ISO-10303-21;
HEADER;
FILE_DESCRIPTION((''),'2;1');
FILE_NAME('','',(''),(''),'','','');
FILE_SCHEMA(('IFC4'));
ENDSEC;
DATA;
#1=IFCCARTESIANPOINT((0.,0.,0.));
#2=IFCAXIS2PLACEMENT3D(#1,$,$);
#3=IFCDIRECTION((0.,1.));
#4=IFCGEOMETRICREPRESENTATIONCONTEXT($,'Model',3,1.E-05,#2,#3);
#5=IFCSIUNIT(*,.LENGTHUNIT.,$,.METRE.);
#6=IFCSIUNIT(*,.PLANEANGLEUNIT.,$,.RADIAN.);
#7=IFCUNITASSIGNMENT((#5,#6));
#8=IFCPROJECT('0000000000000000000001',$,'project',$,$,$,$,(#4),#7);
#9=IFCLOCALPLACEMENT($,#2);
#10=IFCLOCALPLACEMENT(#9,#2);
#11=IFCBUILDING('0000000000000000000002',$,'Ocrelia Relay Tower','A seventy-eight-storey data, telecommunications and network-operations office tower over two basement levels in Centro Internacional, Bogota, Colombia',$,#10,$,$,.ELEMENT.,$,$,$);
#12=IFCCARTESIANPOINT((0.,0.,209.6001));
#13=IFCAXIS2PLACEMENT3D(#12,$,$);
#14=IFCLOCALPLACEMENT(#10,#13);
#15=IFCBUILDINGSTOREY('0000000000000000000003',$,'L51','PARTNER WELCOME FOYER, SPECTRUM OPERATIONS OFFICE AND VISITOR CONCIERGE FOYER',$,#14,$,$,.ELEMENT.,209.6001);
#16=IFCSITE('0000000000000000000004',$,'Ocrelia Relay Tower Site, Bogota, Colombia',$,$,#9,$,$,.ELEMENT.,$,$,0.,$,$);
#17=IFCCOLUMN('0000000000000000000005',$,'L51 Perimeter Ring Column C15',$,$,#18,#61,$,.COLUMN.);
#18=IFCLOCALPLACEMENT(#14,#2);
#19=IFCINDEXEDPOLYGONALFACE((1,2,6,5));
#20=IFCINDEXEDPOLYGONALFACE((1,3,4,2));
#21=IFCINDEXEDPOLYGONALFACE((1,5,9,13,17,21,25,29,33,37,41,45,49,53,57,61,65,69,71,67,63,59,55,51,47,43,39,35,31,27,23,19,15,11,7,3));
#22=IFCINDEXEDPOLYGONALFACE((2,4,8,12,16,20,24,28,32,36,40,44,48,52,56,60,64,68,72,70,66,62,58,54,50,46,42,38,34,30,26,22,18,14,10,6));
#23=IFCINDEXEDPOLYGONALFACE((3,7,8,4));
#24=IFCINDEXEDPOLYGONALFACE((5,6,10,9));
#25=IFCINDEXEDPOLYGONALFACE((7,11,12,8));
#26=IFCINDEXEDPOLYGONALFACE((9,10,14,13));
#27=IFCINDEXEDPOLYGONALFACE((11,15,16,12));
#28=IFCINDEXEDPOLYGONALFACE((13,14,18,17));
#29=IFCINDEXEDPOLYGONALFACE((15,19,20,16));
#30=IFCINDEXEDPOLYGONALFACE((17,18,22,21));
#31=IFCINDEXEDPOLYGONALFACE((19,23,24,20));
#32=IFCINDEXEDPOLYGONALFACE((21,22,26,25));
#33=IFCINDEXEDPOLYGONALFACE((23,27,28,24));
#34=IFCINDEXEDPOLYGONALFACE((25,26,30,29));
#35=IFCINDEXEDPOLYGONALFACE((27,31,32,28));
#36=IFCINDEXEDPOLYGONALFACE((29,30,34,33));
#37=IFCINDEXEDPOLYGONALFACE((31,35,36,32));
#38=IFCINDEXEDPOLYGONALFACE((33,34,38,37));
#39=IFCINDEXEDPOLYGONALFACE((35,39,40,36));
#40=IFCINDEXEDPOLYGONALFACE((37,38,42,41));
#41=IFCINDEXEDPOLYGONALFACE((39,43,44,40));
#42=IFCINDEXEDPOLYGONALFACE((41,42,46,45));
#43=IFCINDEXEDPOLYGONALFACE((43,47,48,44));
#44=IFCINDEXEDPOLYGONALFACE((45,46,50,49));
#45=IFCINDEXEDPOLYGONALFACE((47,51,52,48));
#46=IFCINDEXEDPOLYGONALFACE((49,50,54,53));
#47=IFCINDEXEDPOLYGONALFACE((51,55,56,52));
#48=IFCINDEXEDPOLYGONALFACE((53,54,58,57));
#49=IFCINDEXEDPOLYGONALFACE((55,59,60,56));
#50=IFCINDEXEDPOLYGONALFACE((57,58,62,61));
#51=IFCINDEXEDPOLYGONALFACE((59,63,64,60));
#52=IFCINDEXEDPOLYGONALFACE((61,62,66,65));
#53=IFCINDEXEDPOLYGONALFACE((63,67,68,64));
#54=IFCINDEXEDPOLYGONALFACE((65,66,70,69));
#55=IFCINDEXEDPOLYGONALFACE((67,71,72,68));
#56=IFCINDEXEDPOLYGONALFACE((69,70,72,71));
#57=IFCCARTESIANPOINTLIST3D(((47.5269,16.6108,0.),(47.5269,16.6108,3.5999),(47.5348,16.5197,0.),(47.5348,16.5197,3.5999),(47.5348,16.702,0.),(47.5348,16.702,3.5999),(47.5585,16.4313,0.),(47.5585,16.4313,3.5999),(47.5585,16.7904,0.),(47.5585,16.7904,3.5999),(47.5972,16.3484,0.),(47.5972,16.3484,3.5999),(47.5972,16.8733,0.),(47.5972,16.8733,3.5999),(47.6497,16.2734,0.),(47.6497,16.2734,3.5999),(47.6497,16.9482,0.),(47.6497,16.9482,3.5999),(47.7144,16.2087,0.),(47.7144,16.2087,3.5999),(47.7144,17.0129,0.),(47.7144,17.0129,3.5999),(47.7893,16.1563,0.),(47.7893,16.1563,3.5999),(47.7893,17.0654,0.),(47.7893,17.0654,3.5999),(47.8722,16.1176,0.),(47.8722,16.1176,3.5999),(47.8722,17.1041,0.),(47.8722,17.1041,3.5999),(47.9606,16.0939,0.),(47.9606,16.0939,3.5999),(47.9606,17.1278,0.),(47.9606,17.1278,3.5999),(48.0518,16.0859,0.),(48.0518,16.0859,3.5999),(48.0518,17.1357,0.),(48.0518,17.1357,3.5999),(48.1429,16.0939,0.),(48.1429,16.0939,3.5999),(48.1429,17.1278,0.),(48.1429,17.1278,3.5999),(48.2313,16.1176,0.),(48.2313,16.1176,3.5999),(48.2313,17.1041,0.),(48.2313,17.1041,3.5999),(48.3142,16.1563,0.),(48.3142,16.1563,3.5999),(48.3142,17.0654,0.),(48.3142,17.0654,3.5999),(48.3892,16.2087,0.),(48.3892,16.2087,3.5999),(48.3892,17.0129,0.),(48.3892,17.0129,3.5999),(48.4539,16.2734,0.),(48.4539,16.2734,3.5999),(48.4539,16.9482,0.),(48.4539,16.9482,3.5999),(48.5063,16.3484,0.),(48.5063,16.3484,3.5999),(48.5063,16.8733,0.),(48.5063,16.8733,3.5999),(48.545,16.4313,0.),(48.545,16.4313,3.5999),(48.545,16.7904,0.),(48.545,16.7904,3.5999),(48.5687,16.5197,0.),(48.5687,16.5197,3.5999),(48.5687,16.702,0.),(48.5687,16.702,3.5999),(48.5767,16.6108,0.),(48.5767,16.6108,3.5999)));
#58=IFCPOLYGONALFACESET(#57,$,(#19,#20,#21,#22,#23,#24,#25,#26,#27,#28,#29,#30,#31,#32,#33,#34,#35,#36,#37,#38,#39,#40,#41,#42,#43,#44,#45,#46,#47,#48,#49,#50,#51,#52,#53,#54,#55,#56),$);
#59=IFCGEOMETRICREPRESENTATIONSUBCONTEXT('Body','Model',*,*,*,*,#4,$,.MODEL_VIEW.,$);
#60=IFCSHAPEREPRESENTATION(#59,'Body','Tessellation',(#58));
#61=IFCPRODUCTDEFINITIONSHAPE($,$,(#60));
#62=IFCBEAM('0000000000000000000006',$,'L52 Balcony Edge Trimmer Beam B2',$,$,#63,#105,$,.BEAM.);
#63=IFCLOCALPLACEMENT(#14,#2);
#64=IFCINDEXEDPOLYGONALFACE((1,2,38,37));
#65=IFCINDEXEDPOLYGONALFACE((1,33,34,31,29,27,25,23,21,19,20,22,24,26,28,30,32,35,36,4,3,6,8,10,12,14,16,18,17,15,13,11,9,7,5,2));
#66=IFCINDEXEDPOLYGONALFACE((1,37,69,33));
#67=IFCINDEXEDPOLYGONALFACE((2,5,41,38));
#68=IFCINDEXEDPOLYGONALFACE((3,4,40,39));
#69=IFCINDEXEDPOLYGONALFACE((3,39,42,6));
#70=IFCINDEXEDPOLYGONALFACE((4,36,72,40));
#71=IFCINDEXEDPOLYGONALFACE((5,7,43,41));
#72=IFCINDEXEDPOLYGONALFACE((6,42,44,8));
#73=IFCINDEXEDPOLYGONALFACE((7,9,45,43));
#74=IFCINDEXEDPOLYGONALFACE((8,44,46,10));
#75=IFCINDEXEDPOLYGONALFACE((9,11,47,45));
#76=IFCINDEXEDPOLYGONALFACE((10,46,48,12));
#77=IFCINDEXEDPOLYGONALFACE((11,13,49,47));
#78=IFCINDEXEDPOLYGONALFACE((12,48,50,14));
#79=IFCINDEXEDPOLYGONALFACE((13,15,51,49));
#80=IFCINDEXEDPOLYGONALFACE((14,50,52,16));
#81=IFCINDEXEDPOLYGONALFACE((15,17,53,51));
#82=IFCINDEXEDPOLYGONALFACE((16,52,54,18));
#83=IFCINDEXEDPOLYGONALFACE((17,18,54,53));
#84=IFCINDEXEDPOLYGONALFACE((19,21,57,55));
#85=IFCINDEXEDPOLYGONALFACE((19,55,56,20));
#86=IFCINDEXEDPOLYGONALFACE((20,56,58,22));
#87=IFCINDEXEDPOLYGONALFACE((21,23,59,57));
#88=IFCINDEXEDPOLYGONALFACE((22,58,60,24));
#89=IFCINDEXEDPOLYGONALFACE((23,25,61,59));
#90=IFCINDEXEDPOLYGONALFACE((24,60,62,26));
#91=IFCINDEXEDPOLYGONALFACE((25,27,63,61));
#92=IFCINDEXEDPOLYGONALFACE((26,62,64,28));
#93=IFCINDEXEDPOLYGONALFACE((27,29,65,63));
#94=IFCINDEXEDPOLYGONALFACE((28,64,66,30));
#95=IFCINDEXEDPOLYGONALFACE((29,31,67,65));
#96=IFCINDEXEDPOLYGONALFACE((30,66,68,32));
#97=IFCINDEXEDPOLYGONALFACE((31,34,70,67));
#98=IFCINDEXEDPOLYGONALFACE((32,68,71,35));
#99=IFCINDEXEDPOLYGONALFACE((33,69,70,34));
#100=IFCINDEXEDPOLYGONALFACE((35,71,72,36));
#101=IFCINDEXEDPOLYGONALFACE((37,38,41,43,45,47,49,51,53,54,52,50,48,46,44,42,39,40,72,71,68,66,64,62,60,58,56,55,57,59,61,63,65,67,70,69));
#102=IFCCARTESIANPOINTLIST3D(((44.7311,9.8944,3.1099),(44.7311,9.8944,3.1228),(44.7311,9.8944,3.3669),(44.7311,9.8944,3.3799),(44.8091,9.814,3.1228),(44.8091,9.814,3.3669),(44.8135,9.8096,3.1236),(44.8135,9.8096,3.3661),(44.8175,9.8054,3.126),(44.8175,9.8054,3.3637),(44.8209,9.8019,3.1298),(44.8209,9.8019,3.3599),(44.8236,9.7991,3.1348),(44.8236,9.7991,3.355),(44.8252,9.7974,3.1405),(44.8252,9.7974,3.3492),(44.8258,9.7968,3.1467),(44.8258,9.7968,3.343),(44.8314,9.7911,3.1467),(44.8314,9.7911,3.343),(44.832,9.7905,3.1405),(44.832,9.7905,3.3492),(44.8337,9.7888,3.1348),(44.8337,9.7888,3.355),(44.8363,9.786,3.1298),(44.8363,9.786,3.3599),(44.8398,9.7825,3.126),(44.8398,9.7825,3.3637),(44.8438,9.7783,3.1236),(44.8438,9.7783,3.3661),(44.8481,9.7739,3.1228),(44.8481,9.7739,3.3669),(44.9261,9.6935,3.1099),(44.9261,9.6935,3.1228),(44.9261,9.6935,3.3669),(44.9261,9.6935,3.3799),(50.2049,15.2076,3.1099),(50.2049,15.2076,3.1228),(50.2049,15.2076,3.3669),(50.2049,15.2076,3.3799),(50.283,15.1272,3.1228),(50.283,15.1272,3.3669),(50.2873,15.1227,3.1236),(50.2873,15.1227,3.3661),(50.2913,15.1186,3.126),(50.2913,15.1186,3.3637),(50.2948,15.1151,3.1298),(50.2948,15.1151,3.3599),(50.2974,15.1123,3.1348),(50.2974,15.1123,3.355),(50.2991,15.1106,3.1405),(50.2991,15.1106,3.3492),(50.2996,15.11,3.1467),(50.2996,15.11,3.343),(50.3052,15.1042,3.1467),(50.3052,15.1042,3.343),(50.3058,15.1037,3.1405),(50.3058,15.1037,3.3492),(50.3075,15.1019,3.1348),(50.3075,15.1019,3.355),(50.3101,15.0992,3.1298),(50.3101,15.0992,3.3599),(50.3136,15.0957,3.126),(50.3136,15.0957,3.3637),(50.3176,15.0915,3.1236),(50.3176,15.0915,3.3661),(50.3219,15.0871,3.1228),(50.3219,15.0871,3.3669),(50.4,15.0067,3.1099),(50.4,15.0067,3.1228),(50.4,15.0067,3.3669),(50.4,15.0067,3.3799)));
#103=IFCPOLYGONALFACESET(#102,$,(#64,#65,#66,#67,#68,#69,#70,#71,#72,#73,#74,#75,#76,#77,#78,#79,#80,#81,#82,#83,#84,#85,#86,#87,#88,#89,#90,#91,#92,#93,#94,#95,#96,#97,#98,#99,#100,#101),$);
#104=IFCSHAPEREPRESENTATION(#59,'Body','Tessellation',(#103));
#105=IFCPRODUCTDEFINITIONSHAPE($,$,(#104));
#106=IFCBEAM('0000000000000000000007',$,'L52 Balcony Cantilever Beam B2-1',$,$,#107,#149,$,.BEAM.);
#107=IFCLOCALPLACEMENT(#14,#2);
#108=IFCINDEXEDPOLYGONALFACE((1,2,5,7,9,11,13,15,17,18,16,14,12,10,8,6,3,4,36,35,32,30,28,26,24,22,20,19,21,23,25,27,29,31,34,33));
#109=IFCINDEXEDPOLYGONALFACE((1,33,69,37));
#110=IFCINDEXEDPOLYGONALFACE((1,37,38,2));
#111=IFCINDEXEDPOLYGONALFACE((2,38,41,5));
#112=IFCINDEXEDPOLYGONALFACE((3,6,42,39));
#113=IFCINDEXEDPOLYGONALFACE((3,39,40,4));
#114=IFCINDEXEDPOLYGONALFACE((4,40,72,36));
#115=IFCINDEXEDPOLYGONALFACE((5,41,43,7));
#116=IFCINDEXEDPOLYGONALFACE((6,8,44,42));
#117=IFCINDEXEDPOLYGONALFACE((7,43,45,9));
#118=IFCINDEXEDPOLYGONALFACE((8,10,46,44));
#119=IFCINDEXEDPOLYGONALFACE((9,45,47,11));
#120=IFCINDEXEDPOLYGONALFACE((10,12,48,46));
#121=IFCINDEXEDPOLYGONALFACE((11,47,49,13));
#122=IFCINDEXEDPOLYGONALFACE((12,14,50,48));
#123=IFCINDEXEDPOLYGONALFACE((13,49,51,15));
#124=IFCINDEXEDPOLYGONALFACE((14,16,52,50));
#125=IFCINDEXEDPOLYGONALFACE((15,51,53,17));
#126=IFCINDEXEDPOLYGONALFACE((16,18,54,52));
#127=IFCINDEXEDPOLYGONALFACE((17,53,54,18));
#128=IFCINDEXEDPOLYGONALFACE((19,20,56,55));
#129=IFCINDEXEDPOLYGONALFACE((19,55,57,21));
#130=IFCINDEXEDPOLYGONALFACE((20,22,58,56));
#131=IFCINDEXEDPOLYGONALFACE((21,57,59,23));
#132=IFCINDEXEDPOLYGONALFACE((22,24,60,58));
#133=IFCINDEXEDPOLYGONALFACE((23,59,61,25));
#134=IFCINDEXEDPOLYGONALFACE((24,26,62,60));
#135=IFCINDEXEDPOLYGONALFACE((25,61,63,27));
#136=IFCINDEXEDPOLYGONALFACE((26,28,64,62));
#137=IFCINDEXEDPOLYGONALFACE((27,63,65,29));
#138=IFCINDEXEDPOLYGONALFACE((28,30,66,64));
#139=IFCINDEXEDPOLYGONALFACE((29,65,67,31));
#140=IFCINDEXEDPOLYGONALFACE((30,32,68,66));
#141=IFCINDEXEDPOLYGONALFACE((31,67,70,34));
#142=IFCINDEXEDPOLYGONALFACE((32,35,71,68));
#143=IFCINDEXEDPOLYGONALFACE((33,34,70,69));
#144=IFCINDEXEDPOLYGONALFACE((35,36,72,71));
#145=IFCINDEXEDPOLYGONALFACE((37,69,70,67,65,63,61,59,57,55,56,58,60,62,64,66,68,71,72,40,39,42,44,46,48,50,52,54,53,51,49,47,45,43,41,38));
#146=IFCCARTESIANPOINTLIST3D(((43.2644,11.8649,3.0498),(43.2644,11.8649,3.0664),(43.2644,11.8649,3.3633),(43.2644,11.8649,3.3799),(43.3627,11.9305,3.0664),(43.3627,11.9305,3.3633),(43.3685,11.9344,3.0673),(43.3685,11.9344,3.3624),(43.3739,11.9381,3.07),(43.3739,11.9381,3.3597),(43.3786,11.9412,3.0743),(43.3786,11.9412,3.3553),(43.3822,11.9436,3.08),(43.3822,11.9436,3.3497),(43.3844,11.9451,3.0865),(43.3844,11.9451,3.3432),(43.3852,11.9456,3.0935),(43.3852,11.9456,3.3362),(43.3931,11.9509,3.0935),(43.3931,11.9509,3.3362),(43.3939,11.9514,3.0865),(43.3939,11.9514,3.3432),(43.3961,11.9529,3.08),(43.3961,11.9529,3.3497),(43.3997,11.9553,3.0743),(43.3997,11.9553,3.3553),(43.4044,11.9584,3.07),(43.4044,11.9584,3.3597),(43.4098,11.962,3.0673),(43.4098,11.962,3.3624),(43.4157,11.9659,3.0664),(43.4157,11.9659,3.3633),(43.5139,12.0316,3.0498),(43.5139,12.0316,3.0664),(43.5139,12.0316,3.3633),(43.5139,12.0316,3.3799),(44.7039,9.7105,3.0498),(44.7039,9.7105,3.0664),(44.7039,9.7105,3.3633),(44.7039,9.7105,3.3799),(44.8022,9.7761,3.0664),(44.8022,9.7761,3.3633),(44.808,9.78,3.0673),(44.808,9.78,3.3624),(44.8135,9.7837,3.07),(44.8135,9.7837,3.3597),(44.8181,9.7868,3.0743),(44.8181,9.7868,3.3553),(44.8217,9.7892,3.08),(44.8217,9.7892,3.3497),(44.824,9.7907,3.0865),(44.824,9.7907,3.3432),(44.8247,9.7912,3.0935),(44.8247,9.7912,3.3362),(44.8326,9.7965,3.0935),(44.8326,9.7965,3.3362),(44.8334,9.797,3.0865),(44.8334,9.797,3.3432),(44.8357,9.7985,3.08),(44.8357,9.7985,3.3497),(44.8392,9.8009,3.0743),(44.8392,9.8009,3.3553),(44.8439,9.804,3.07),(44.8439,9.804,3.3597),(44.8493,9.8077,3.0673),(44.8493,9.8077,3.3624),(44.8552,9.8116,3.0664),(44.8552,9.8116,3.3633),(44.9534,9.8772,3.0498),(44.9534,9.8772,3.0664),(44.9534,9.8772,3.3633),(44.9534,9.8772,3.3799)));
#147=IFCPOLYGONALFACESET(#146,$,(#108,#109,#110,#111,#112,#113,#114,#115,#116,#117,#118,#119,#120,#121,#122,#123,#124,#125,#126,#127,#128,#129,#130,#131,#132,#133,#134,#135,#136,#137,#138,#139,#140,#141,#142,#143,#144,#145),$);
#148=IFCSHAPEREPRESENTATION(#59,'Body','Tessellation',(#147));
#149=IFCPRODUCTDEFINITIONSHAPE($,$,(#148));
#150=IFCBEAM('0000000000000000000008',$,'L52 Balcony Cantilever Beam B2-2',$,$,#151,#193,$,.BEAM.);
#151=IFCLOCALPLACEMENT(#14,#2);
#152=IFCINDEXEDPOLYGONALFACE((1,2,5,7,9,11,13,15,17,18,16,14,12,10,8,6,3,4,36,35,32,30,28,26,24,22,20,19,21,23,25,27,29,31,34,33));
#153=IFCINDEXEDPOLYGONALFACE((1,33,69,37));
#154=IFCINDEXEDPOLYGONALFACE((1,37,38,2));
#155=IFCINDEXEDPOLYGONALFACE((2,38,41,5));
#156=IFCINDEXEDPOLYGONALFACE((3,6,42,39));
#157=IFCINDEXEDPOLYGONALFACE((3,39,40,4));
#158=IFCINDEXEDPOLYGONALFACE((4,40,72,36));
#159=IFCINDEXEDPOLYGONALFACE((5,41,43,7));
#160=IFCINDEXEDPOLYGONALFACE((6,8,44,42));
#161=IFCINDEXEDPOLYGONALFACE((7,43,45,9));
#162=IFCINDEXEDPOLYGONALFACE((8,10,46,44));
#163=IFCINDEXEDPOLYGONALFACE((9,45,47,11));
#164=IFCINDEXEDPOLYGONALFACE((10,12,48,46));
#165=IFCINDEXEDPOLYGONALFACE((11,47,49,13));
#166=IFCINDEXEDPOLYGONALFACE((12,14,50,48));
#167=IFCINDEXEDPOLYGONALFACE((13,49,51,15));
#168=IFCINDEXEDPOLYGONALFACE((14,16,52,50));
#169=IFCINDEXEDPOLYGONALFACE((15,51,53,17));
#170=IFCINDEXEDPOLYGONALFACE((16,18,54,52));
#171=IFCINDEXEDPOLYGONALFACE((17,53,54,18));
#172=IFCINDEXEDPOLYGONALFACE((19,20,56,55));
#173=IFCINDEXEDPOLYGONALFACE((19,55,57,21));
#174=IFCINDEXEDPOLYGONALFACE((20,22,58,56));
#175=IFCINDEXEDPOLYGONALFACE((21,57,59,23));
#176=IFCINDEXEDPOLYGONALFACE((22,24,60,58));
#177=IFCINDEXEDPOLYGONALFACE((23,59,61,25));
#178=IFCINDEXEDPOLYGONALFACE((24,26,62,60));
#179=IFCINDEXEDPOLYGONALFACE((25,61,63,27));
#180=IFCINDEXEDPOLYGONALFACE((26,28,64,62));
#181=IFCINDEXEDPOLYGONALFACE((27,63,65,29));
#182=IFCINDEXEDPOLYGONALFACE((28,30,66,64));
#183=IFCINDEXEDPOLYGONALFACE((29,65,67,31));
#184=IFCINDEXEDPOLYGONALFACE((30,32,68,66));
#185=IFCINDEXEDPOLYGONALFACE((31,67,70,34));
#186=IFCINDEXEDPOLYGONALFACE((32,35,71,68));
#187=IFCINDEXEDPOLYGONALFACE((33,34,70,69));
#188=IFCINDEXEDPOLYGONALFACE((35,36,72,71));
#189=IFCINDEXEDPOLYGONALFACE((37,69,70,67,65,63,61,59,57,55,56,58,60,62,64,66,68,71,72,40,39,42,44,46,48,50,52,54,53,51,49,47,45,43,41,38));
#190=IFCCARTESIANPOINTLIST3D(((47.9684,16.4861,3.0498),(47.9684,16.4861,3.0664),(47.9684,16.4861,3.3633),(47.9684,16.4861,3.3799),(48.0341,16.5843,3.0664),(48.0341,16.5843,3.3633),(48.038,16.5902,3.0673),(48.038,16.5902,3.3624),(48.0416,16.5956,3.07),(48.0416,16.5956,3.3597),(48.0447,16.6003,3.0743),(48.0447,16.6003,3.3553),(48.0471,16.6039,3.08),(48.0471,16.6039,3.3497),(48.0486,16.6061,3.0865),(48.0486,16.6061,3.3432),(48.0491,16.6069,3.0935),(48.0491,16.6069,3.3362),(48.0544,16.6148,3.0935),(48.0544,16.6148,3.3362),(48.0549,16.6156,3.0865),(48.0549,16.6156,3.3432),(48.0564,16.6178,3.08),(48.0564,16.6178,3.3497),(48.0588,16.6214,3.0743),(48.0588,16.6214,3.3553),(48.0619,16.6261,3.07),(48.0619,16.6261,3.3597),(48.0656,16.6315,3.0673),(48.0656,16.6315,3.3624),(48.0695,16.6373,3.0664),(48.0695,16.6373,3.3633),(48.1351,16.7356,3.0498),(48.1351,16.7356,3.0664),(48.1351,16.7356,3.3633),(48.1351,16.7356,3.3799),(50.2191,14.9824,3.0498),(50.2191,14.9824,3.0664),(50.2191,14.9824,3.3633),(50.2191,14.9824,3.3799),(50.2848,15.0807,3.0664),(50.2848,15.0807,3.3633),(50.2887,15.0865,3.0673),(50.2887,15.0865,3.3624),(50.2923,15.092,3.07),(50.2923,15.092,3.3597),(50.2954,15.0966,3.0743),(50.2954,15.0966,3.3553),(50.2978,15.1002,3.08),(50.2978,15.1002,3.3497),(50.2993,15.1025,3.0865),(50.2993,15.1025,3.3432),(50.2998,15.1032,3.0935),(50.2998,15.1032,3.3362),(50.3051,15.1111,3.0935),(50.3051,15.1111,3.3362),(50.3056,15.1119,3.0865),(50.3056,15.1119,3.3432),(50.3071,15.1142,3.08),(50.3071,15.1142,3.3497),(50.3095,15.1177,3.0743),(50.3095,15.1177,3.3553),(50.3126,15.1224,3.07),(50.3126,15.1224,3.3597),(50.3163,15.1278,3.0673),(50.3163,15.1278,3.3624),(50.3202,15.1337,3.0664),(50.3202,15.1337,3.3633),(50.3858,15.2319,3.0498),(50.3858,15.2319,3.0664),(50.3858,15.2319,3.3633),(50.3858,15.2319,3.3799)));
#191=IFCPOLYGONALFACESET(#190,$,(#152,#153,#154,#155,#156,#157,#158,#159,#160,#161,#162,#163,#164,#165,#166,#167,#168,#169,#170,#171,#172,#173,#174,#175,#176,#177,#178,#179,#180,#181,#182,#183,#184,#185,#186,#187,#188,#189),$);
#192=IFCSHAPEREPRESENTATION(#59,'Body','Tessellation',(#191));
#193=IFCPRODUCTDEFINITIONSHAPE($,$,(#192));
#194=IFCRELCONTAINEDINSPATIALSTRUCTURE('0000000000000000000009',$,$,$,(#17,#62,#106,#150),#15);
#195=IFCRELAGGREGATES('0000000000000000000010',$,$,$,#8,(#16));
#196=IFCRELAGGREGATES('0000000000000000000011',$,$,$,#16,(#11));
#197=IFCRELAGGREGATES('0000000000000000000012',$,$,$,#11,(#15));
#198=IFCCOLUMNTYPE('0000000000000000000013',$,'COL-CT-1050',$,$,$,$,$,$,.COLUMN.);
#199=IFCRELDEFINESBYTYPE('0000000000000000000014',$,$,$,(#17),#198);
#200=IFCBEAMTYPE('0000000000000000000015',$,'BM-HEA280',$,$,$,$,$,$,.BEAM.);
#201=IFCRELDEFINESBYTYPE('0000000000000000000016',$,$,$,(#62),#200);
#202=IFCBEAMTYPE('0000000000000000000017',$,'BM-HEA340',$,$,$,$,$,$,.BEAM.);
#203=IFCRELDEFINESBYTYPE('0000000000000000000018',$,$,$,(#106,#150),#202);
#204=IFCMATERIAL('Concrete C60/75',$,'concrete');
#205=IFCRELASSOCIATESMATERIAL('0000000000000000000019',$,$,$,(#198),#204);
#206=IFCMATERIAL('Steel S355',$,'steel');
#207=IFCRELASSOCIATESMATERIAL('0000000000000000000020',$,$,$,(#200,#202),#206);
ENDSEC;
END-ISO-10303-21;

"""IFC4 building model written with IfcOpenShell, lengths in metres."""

from ifc_helpers import new_model, si_unit, direction, frame, origin, origin_2d, place, context, subcontext, project, spatial, circle, i_section, extrude, material, material_profile, profile_set, type_object, element, save


model = new_model("IFC4")

# Units and contexts
model_context = context("Model", 3, precision=1e-05, world=origin(), true_north=direction((0.0, 1.0)))
body_context = subcontext(model_context, "Body", "Model", "MODEL_VIEW")
ifc_project = project(units=[si_unit("LENGTHUNIT", "METRE"), si_unit("PLANEANGLEUNIT", "RADIAN")], contexts=[model_context])

# Site, building, storey
site_placement = place(None, origin())
site = spatial("IfcSite", under=ifc_project, at=site_placement, Name="Ocrelia Relay Tower Site, Bogota, Colombia", CompositionType="ELEMENT", RefElevation=0.0)
building_placement = place(site_placement, origin())
building = spatial("IfcBuilding", under=site, at=building_placement, Name="Ocrelia Relay Tower", Description="A seventy-eight-storey data, telecommunications and network-operations office tower over two basement levels in Centro Internacional, Bogota, Colombia", CompositionType="ELEMENT")
storey_placement = place(building_placement, frame((0.0, 0.0, 209.6001)))
storey = spatial("IfcBuildingStorey", under=building, at=storey_placement, Name="L51", Description="PARTNER WELCOME FOYER, SPECTRUM OPERATIONS OFFICE AND VISITOR CONCIERGE FOYER", CompositionType="ELEMENT", Elevation=209.6001)

# Column
ifc_material_1 = material(Name="Concrete C60/75", Category="concrete")
ifc_material_profile_1 = material_profile(ifc_material_1, circle(Radius=0.5249, at=origin_2d()), Name="RC-CIR-1050")
ifc_profile_set_1 = profile_set([ifc_material_profile_1], Name="Concrete C60/75")
column_type = type_object("IfcColumnType", Name="COL-CT-1050", PredefinedType="COLUMN", material=ifc_profile_set_1)
column_placement = place(storey_placement, frame((48.0518, 16.6108, 0.0), z_axis=(0.0, 0.0, 1.0), x_axis=(1.0, 0.0, 0.0)))
element("IfcColumn", 1, at=column_placement, inside=storey, type_object=column_type, Name="L51 Perimeter Ring Column C15", PredefinedType="COLUMN", context=body_context, shape_type="SweptSolid", body=[
    extrude(circle(Radius=0.5249, at=origin_2d()), origin(), (0.0, 0.0, 1.0), 3.5999),
])

# Beams
ifc_material_2 = material(Name="Steel S355", Category="steel")
ifc_material_profile_2 = material_profile(ifc_material_2, i_section(OverallWidth=0.28, OverallDepth=0.27, WebThickness=0.0081, FlangeThickness=0.0129, FilletRadius=0.0239, at=origin_2d()), Name="HEA 280")
ifc_profile_set_2 = profile_set([ifc_material_profile_2], Name="Steel S355")
beam_type_1 = type_object("IfcBeamType", Name="BM-HEA280", PredefinedType="BEAM", material=ifc_profile_set_2)
beam_1_placement = place(storey_placement, frame((44.8286, 9.7939, 3.2449), z_axis=(0.717558, 0.696499, 0.0), x_axis=(-0.696499, 0.717558, 0.0)))
element("IfcBeam", 2, at=beam_1_placement, inside=storey, type_object=beam_type_1, Name="L52 Balcony Edge Trimmer Beam B2", PredefinedType="BEAM", context=body_context, shape_type="SweptSolid", body=[
    extrude(i_section(OverallWidth=0.28, OverallDepth=0.27, WebThickness=0.0081, FlangeThickness=0.0129, FilletRadius=0.0239, at=origin_2d()), origin(), (0.0, 0.0, 1.0), 7.6284),
])
ifc_material_profile_3 = material_profile(ifc_material_2, i_section(OverallWidth=0.3, OverallDepth=0.3301, WebThickness=0.0095, FlangeThickness=0.0166, FilletRadius=0.0271, at=origin_2d()), Name="HEA 340")
ifc_profile_set_3 = profile_set([ifc_material_profile_3], Name="Steel S355")
beam_type_2 = type_object("IfcBeamType", Name="BM-HEA340", PredefinedType="BEAM", material=ifc_profile_set_3)
beam_2_placement = place(storey_placement, frame((43.3892, 11.9482, 3.2148), z_axis=(0.55557, -0.83147, 0.0), x_axis=(0.83147, 0.55557, 0.0)))
element("IfcBeam", 3, at=beam_2_placement, inside=storey, type_object=beam_type_2, Name="L52 Balcony Cantilever Beam B2-1", PredefinedType="BEAM", context=body_context, shape_type="SweptSolid", body=[
    extrude(i_section(OverallWidth=0.3, OverallDepth=0.3301, WebThickness=0.0095, FlangeThickness=0.0166, FilletRadius=0.0271, at=origin_2d()), origin(), (0.0, 0.0, 1.0), 2.5911),
])
beam_3_placement = place(storey_placement, frame((48.0518, 16.6108, 3.2148), z_axis=(0.831509, -0.555512, 0.0), x_axis=(0.555512, 0.831509, 0.0)))
element("IfcBeam", 4, at=beam_3_placement, inside=storey, type_object=beam_type_2, Name="L52 Balcony Cantilever Beam B2-2", PredefinedType="BEAM", context=body_context, shape_type="SweptSolid", body=[
    extrude(i_section(OverallWidth=0.3, OverallDepth=0.3301, WebThickness=0.0095, FlangeThickness=0.0166, FilletRadius=0.0271, at=origin_2d()), origin(), (0.0, 0.0, 1.0), 2.7068),
])

save(model, "model.ifc")
